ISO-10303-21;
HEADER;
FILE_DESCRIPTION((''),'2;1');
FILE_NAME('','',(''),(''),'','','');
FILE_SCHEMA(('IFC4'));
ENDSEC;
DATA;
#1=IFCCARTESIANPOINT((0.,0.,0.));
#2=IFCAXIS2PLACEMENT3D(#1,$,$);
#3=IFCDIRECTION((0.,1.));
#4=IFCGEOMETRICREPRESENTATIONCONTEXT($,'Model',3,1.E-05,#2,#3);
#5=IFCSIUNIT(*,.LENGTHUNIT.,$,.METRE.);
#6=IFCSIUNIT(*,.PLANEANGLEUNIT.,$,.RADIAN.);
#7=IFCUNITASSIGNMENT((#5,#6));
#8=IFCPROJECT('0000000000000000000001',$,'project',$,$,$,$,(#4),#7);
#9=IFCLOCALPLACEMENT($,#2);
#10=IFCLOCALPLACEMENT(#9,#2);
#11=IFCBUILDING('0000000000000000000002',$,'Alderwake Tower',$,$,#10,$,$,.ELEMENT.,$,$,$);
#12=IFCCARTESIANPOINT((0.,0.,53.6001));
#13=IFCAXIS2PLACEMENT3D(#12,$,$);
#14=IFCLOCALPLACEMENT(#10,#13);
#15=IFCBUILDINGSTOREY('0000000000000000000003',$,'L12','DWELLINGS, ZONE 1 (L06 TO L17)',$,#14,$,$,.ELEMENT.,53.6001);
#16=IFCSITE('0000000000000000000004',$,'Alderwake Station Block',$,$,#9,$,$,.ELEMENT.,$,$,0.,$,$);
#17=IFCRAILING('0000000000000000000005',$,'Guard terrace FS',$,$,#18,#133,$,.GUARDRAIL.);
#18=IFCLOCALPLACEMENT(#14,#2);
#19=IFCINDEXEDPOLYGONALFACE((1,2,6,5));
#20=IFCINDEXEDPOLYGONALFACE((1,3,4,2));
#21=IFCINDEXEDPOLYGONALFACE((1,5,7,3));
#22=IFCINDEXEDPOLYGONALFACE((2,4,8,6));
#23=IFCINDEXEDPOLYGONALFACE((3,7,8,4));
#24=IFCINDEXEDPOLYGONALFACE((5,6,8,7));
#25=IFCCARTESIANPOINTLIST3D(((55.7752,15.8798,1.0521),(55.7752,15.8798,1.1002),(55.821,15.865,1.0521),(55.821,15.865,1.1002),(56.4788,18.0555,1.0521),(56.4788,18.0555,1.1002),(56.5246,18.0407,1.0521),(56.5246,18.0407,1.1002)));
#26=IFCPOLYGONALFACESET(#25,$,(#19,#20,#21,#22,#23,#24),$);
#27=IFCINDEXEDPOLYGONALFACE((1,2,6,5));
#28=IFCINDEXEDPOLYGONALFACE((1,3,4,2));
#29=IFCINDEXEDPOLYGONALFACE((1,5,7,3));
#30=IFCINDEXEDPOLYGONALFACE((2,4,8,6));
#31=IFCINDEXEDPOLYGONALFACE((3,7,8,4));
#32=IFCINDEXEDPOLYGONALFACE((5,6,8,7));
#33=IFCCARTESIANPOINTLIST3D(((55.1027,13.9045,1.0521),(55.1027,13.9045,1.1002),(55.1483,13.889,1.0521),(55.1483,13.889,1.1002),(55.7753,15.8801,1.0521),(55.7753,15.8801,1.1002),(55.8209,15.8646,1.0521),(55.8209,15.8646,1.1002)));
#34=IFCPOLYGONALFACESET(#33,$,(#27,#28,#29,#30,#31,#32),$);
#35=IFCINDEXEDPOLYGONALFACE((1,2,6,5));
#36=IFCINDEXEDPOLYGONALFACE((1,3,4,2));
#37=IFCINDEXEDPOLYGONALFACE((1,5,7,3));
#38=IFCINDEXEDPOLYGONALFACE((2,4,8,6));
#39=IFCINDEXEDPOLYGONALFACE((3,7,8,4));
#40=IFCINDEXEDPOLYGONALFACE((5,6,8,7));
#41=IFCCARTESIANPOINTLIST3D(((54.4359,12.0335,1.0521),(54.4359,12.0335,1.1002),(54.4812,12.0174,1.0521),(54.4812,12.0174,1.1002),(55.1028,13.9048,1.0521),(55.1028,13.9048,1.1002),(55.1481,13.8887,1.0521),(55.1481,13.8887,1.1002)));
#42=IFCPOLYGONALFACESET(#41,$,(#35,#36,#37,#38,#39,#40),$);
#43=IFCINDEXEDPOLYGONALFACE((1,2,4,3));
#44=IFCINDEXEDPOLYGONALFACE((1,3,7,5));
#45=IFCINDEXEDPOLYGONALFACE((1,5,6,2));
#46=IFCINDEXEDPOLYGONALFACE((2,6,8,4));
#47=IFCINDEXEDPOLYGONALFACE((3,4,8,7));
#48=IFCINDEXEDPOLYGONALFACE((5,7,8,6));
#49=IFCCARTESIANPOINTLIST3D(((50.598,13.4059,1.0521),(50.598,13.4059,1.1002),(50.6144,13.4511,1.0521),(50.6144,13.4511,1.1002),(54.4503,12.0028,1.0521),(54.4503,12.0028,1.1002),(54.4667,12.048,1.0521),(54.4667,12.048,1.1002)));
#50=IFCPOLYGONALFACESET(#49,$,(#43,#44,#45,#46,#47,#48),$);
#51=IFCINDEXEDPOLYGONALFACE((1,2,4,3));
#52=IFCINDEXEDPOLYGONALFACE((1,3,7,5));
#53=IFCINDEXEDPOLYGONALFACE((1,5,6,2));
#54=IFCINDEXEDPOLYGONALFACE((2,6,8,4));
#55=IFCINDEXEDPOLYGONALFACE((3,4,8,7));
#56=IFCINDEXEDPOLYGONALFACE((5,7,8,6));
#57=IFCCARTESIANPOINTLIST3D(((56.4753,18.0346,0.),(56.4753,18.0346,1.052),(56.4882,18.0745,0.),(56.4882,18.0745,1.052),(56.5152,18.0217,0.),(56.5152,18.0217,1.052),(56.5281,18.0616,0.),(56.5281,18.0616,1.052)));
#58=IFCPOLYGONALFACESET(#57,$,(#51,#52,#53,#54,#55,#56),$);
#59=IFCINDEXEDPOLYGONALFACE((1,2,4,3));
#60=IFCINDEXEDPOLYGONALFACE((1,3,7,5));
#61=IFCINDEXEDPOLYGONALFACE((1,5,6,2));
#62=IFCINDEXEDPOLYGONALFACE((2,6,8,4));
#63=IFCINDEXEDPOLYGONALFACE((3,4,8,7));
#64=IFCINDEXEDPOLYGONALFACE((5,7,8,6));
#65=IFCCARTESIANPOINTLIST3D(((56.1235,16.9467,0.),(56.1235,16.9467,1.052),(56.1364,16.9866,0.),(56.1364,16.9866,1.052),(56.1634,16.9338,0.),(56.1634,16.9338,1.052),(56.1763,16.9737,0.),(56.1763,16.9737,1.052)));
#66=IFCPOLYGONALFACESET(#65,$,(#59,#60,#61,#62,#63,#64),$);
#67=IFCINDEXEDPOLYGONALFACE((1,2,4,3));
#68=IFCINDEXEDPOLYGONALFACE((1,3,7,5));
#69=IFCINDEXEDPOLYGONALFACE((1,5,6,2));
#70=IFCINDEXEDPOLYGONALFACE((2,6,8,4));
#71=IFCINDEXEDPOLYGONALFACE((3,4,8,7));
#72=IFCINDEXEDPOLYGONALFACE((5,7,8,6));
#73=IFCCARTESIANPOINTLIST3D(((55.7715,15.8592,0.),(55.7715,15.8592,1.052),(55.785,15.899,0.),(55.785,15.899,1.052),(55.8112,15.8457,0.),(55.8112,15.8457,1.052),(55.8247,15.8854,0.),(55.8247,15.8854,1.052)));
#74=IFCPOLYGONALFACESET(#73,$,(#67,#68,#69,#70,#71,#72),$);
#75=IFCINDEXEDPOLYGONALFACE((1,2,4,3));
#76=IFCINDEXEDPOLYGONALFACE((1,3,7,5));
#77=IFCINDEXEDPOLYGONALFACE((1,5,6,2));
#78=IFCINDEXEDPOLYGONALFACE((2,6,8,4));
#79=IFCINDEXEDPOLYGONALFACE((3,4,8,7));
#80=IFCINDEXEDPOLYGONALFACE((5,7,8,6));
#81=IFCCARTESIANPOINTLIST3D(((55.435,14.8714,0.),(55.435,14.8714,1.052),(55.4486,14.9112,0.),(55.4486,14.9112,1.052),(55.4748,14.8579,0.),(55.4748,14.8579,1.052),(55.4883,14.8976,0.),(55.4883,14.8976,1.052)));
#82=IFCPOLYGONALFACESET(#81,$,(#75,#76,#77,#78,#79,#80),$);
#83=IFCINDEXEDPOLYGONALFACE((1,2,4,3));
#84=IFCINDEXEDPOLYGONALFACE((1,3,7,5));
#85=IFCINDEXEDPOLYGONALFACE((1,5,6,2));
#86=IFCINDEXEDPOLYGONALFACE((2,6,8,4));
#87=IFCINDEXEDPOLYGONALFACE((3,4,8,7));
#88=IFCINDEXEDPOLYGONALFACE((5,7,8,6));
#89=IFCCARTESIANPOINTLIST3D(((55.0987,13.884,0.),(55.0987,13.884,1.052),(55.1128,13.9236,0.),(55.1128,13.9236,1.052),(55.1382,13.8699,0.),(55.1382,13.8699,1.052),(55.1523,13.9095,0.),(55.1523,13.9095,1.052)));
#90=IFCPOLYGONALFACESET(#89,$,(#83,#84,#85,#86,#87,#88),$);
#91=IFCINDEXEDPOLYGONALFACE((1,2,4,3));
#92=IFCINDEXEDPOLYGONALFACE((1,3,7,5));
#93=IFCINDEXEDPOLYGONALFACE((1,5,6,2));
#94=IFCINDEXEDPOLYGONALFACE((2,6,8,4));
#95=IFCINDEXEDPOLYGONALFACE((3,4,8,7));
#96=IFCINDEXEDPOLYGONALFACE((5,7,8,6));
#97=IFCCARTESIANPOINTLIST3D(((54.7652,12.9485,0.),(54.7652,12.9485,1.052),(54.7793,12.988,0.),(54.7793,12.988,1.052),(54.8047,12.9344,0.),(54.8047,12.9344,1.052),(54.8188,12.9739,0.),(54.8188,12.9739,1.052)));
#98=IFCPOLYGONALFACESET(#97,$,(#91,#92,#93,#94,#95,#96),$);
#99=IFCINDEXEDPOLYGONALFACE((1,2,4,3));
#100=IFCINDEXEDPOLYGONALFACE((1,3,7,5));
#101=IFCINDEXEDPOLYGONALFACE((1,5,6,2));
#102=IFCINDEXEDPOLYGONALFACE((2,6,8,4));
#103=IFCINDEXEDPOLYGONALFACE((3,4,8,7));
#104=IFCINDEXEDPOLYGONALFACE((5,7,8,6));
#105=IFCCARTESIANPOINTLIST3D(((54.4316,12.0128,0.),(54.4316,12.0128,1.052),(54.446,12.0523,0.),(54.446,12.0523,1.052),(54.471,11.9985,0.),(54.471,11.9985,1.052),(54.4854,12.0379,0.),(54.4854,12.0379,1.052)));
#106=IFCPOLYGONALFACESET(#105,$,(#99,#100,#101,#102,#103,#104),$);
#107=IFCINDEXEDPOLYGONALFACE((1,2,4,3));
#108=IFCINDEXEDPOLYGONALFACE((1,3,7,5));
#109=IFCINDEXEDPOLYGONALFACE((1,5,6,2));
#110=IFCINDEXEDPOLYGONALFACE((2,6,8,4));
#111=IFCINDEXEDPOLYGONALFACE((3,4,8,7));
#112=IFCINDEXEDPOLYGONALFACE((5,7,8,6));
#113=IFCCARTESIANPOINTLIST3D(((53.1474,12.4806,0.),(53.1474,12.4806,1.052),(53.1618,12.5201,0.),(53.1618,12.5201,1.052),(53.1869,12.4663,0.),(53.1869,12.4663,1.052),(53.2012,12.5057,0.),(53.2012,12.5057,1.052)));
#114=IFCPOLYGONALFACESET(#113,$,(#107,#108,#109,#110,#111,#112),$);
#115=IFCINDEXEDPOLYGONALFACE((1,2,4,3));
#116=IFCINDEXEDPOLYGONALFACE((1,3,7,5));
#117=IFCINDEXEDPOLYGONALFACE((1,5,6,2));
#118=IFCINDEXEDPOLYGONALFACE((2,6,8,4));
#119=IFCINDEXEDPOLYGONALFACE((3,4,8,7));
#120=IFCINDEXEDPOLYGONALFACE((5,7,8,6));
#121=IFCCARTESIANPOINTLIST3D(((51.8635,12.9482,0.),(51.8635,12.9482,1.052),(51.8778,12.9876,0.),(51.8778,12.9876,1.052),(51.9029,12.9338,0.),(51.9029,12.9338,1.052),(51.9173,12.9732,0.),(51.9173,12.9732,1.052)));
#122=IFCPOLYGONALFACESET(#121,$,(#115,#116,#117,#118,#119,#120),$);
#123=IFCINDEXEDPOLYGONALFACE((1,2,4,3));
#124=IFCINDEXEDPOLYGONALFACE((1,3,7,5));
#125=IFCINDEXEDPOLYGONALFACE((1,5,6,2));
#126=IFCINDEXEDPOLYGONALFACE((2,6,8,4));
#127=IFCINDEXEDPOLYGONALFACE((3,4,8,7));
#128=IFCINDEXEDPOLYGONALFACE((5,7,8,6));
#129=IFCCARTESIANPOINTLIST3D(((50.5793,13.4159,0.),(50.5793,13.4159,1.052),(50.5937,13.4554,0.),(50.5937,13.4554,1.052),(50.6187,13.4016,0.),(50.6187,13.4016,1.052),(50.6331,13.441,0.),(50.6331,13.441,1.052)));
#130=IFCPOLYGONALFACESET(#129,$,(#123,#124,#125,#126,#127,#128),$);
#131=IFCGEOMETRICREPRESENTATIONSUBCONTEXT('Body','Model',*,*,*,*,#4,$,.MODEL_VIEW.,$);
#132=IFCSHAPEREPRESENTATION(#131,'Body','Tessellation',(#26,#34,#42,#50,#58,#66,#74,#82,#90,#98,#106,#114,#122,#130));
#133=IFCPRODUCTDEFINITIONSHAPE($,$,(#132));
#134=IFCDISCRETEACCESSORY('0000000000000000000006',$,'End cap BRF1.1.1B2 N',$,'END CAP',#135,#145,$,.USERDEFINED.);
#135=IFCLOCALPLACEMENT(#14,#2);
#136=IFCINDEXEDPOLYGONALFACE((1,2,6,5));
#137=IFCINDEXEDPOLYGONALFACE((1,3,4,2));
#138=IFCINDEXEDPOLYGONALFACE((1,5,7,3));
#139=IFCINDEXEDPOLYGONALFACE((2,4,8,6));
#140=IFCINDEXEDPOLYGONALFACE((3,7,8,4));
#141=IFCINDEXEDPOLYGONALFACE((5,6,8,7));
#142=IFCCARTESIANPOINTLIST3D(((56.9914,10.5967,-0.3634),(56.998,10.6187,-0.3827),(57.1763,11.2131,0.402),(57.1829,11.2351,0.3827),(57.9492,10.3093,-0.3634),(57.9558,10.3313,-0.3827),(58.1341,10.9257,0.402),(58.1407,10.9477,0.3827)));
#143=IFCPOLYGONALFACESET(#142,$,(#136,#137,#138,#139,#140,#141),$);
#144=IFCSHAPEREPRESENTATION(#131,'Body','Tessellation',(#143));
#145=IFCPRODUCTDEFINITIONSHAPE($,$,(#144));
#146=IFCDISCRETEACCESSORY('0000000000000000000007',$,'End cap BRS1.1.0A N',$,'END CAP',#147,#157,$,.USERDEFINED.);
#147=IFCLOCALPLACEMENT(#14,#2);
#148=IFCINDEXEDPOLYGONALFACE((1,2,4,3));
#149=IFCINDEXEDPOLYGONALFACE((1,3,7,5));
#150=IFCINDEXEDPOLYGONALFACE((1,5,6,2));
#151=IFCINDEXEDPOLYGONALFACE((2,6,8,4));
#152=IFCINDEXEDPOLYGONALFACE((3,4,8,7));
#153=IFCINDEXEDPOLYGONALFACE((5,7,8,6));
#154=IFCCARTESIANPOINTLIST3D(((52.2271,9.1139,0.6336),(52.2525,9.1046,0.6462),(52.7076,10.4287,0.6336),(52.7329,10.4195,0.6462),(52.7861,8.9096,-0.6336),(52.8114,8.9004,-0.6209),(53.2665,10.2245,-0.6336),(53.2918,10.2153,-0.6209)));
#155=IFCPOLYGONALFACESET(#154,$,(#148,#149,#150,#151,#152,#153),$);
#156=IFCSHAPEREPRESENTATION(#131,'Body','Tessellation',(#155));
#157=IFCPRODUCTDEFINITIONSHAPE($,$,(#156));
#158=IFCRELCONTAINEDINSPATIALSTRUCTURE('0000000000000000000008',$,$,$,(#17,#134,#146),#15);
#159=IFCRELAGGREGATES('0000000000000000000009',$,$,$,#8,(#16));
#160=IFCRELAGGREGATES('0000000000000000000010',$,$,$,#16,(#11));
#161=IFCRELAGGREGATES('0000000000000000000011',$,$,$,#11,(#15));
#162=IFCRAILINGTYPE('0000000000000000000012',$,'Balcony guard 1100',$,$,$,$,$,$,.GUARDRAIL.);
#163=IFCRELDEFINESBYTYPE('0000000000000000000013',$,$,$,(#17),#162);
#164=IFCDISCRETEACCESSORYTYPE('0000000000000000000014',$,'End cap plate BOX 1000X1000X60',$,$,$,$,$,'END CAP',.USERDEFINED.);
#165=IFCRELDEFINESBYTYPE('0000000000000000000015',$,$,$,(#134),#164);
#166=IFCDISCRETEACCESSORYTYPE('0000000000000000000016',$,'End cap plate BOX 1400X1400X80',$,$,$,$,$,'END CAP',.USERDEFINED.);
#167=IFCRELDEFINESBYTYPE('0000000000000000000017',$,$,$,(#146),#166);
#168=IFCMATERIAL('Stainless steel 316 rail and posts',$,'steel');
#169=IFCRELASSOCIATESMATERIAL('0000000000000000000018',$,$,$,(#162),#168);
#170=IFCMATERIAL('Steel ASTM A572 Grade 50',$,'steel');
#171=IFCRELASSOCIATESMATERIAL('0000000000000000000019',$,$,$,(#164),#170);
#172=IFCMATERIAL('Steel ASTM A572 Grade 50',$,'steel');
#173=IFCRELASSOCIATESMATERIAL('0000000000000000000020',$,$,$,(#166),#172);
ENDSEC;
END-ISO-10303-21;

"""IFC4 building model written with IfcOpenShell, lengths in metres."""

from ifc_helpers import new_model, si_unit, direction, frame, origin, origin_2d, place, context, subcontext, project, spatial, rectangle, extrude, material, material_profile, profile_set, type_object, element, save


model = new_model("IFC4")

# Units and contexts
model_context = context("Model", 3, precision=1e-05, world=origin(), true_north=direction((0.0, 1.0)))
body_context = subcontext(model_context, "Body", "Model", "MODEL_VIEW")
ifc_project = project(units=[si_unit("LENGTHUNIT", "METRE"), si_unit("PLANEANGLEUNIT", "RADIAN")], contexts=[model_context])

# Site, building, storey
site_placement = place(None, origin())
site = spatial("IfcSite", under=ifc_project, at=site_placement, Name="Alderwake Station Block", CompositionType="ELEMENT", RefElevation=0.0)
building_placement = place(site_placement, origin())
building = spatial("IfcBuilding", under=site, at=building_placement, Name="Alderwake Tower", CompositionType="ELEMENT")
storey_placement = place(building_placement, frame((0.0, 0.0, 53.6001)))
storey = spatial("IfcBuildingStorey", under=building, at=storey_placement, Name="L12", Description="DWELLINGS, ZONE 1 (L06 TO L17)", CompositionType="ELEMENT", Elevation=53.6001)

# Railing
ifc_material_1 = material(Name="Stainless steel 316 rail and posts", Category="steel")
railing_type = type_object("IfcRailingType", Name="Balcony guard 1100", PredefinedType="GUARDRAIL", material=ifc_material_1)
railing_placement = place(storey_placement, frame((56.5017, 18.0481, 0.0)))
element("IfcRailing", 1, at=railing_placement, inside=storey, type_object=railing_type, Name="Guard terrace FS", PredefinedType="GUARDRAIL", context=body_context, shape_type="SweptSolid", body=[
    extrude(rectangle(XDim=0.0481, YDim=0.0481, at=origin_2d()), frame((0.0, 0.0, 1.0762), z_axis=(-0.307695, -0.951485, 0.0), x_axis=(0.951485, -0.307695, 0.0)), (0.0, 0.0, 1.0), 2.2866),
    extrude(rectangle(XDim=0.0481, YDim=0.0481, at=origin_2d()), frame((-0.7036, -2.1758, 1.0762), z_axis=(-0.322293, -0.94664, 0.0), x_axis=(0.94664, -0.322293, 0.0)), (0.0, 0.0, 1.0), 2.0869),
    extrude(rectangle(XDim=0.0481, YDim=0.0481, at=origin_2d()), frame((-1.3762, -4.1514, 1.0762), z_axis=(-0.335737, -0.941956, 0.0), x_axis=(0.941956, -0.335737, 0.0)), (0.0, 0.0, 1.0), 1.9866),
    extrude(rectangle(XDim=0.0481, YDim=0.0481, at=origin_2d()), frame((-2.0432, -6.0227, 1.0762), z_axis=(-0.939618, 0.342226, 0.0), x_axis=(-0.342226, -0.939618, 0.0)), (0.0, 0.0, 1.0), 4.0999),
    extrude(rectangle(XDim=0.042, YDim=0.042, at=origin_2d()), frame((0.0, 0.0, 0.0), z_axis=(0.0, 0.0, 1.0), x_axis=(-0.307695, -0.951485, 0.0)), (0.0, 0.0, 1.0), 1.052),
    extrude(rectangle(XDim=0.042, YDim=0.042, at=origin_2d()), frame((-0.3518, -1.0879, 0.0), z_axis=(0.0, 0.0, 1.0), x_axis=(-0.307695, -0.951485, 0.0)), (0.0, 0.0, 1.0), 1.052),
    extrude(rectangle(XDim=0.042, YDim=0.042, at=origin_2d()), frame((-0.7036, -2.1758, 0.0), z_axis=(0.0, 0.0, 1.0), x_axis=(-0.322293, -0.94664, 0.0)), (0.0, 0.0, 1.0), 1.052),
    extrude(rectangle(XDim=0.042, YDim=0.042, at=origin_2d()), frame((-1.04, -3.1636, 0.0), z_axis=(0.0, 0.0, 1.0), x_axis=(-0.322293, -0.94664, 0.0)), (0.0, 0.0, 1.0), 1.052),
    extrude(rectangle(XDim=0.042, YDim=0.042, at=origin_2d()), frame((-1.3762, -4.1514, 0.0), z_axis=(0.0, 0.0, 1.0), x_axis=(-0.335737, -0.941956, 0.0)), (0.0, 0.0, 1.0), 1.052),
    extrude(rectangle(XDim=0.042, YDim=0.042, at=origin_2d()), frame((-1.7097, -5.0869, 0.0), z_axis=(0.0, 0.0, 1.0), x_axis=(-0.335737, -0.941956, 0.0)), (0.0, 0.0, 1.0), 1.052),
    extrude(rectangle(XDim=0.042, YDim=0.042, at=origin_2d()), frame((-2.0432, -6.0227, 0.0), z_axis=(0.0, 0.0, 1.0), x_axis=(-0.939618, 0.342226, 0.0)), (0.0, 0.0, 1.0), 1.052),
    extrude(rectangle(XDim=0.042, YDim=0.042, at=origin_2d()), frame((-3.3274, -5.5549, 0.0), z_axis=(0.0, 0.0, 1.0), x_axis=(-0.939618, 0.342226, 0.0)), (0.0, 0.0, 1.0), 1.052),
    extrude(rectangle(XDim=0.042, YDim=0.042, at=origin_2d()), frame((-4.6113, -5.0874, 0.0), z_axis=(0.0, 0.0, 1.0), x_axis=(-0.939618, 0.342226, 0.0)), (0.0, 0.0, 1.0), 1.052),
    extrude(rectangle(XDim=0.042, YDim=0.042, at=origin_2d()), frame((-5.8955, -4.6196, 0.0), z_axis=(0.0, 0.0, 1.0), x_axis=(-0.939618, 0.342226, 0.0)), (0.0, 0.0, 1.0), 1.052),
])

# Discrete accessories
ifc_material_2 = material(Name="Steel ASTM A572 Grade 50", Category="steel")
ifc_material_profile_1 = material_profile(ifc_material_2, rectangle(XDim=1.0, YDim=1.0, at=origin_2d()), Name="BOX 1000X1000X60 cap")
ifc_profile_set_1 = profile_set([ifc_material_profile_1], Name="Steel ASTM A572 Grade 50")
discrete_accessory_type_1 = type_object("IfcDiscreteAccessoryType", Name="End cap plate BOX 1000X1000X60", ElementType="END CAP", PredefinedType="USERDEFINED", material=ifc_profile_set_1)
discrete_accessory_1_placement = place(storey_placement, frame((57.5693, 10.7832, 0.0), z_axis=(-0.219941, -0.733138, 0.643532), x_axis=(0.957826, -0.287348, 0.0)))
element("IfcDiscreteAccessory", 2, at=discrete_accessory_1_placement, inside=storey, type_object=discrete_accessory_type_1, Name="End cap BRF1.1.1B2 N", ObjectType="END CAP", PredefinedType="USERDEFINED", context=body_context, shape_type="SweptSolid", body=[
    extrude(rectangle(XDim=1.0, YDim=1.0, at=origin_2d()), origin(), (0.0, 0.0, 1.0), 0.03),
])
ifc_material_3 = material(Name="Steel ASTM A572 Grade 50", Category="steel")
ifc_material_profile_2 = material_profile(ifc_material_3, rectangle(XDim=1.3999, YDim=1.3999, at=origin_2d()), Name="BOX 1400X1400X80 cap")
ifc_profile_set_2 = profile_set([ifc_material_profile_2], Name="Steel ASTM A572 Grade 50")
discrete_accessory_type_2 = type_object("IfcDiscreteAccessoryType", Name="End cap plate BOX 1400X1400X80", ElementType="END CAP", PredefinedType="USERDEFINED", material=ifc_profile_set_2)
discrete_accessory_2_placement = place(storey_placement, frame((52.7468, 9.6692, 0.0), z_axis=(0.850177, -0.310642, 0.425089), x_axis=(0.343193, 0.939265, 0.0)))
element("IfcDiscreteAccessory", 3, at=discrete_accessory_2_placement, inside=storey, type_object=discrete_accessory_type_2, Name="End cap BRS1.1.0A N", ObjectType="END CAP", PredefinedType="USERDEFINED", context=body_context, shape_type="SweptSolid", body=[
    extrude(rectangle(XDim=1.3999, YDim=1.3999, at=origin_2d()), origin(), (0.0, 0.0, 1.0), 0.0298),
])

save(model, "model.ifc")
